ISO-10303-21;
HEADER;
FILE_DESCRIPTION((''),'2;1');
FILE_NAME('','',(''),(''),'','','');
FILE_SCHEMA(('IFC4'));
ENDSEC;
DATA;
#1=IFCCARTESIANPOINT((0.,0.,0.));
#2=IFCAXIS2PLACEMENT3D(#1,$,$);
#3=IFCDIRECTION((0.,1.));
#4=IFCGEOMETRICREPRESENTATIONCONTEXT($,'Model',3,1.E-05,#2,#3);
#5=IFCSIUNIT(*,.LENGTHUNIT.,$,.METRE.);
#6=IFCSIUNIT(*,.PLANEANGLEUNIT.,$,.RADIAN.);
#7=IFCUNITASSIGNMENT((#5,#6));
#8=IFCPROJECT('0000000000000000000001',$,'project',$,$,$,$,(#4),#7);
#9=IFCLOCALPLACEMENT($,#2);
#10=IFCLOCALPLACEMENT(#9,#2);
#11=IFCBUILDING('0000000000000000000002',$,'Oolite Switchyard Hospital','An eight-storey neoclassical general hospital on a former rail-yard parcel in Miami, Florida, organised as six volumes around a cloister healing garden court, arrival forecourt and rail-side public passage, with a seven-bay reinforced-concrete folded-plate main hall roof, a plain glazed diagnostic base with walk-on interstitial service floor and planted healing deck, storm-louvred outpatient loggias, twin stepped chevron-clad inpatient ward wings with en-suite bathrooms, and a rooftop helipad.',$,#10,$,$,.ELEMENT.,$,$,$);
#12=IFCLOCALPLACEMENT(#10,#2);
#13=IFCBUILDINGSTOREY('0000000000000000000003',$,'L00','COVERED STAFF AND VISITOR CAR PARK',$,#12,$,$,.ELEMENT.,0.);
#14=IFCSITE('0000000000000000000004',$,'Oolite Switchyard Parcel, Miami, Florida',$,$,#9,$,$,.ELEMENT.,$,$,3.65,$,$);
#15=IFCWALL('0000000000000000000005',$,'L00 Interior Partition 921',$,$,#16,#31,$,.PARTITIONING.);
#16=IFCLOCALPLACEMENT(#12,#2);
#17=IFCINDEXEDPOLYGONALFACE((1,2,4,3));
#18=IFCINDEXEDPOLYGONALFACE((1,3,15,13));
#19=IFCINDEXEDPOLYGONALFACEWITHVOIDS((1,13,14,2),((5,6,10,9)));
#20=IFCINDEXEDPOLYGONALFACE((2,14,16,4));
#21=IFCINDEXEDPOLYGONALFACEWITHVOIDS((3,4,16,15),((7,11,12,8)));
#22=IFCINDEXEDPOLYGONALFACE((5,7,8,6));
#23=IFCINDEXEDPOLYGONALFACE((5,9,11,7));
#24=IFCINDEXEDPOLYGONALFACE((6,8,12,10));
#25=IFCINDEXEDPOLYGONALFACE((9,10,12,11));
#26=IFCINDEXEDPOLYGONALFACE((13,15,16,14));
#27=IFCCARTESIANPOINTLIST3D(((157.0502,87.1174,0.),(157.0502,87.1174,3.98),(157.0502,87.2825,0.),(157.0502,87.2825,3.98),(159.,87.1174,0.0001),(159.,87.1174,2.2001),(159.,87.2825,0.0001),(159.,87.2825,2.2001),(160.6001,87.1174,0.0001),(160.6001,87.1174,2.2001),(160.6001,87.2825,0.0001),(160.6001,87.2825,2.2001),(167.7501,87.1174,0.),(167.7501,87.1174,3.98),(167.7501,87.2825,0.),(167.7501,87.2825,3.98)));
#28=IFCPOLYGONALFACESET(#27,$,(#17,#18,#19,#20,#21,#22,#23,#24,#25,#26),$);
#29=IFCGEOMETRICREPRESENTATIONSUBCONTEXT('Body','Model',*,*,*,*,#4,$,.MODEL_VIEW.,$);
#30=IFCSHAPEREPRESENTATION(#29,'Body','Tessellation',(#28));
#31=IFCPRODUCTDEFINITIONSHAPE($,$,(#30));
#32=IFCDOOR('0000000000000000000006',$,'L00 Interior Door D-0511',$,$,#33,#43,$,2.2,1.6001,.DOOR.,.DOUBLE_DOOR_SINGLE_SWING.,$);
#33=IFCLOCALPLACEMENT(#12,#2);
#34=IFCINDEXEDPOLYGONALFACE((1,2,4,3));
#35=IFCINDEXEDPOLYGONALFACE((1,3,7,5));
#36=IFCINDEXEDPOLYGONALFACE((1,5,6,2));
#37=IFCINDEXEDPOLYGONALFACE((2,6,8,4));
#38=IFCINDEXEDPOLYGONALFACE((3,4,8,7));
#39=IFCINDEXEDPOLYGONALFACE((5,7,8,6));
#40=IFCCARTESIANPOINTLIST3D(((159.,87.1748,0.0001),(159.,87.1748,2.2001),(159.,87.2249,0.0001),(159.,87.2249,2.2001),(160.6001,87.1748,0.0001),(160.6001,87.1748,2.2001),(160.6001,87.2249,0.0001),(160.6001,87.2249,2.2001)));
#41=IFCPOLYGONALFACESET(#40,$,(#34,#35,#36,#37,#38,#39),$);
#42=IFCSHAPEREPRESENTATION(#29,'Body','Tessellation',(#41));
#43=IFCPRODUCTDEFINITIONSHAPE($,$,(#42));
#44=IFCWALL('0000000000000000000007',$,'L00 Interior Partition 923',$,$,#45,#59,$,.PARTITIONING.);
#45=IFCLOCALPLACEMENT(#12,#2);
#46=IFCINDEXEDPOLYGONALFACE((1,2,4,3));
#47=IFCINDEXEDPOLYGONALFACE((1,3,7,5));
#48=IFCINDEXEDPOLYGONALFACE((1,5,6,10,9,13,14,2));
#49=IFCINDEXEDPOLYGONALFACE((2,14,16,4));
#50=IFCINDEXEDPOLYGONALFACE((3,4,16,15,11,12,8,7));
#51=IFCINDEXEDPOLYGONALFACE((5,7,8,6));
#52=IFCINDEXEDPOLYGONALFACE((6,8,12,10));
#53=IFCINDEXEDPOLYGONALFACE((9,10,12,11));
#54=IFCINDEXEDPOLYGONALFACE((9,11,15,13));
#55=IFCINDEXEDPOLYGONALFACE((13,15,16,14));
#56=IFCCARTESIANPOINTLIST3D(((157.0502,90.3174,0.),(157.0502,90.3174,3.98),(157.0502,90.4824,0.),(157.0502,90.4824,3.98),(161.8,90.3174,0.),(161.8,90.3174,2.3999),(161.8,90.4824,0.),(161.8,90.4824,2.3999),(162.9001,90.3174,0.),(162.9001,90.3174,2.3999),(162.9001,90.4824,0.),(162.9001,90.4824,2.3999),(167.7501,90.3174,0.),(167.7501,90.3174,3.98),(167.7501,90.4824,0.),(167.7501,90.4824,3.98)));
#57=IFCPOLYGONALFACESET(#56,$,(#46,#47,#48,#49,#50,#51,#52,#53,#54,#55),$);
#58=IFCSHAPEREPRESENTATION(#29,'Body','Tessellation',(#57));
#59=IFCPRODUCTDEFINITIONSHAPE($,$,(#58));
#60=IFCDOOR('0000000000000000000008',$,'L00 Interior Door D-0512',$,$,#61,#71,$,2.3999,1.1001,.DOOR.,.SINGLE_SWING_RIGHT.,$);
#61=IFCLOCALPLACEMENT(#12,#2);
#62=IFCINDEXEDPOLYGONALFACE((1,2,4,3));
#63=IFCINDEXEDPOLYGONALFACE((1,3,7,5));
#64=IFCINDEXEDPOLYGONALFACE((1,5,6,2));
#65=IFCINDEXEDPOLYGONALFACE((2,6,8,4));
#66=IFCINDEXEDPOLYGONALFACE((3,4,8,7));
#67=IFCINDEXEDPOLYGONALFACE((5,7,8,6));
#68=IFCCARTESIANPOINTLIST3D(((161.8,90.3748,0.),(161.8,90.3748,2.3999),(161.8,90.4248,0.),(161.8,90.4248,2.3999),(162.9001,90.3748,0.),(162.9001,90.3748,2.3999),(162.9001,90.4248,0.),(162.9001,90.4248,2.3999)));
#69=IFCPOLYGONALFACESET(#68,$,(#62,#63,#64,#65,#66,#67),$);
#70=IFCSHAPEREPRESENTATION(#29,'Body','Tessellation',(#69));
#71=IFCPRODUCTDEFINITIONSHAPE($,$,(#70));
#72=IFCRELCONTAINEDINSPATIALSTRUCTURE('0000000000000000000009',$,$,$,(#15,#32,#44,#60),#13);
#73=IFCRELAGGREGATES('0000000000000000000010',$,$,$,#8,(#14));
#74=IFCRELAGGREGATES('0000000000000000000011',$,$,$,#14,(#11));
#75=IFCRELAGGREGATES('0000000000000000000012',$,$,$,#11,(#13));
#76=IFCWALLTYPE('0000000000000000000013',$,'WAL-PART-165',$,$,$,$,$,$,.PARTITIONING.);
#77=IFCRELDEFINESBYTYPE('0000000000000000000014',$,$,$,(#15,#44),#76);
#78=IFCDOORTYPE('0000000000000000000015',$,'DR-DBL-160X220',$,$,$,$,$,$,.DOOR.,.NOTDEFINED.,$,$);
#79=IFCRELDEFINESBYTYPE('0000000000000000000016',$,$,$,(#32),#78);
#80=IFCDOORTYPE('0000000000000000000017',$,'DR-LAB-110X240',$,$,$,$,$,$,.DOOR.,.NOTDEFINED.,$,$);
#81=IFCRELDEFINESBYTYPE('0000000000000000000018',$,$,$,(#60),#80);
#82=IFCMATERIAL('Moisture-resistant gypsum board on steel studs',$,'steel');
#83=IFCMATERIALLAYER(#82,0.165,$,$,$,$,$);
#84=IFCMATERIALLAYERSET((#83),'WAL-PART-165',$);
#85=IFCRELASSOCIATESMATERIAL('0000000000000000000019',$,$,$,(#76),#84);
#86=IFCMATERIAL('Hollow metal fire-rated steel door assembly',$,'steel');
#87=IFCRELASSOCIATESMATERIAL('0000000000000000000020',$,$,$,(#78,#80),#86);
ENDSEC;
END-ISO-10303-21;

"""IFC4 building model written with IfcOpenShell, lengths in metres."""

from ifc_helpers import new_model, si_unit, direction, frame, frame_2d, origin, place, context, subcontext, project, spatial, rectangle, extrude, material, layer, layer_set, type_object, element, fill, save


model = new_model("IFC4")

# Units and contexts
model_context = context("Model", 3, precision=1e-05, world=origin(), true_north=direction((0.0, 1.0)))
body_context = subcontext(model_context, "Body", "Model", "MODEL_VIEW")
ifc_project = project(units=[si_unit("LENGTHUNIT", "METRE"), si_unit("PLANEANGLEUNIT", "RADIAN")], contexts=[model_context])

# Site, building, storey
site_placement = place(None, origin())
site = spatial("IfcSite", under=ifc_project, at=site_placement, Name="Oolite Switchyard Parcel, Miami, Florida", CompositionType="ELEMENT", RefElevation=3.65)
building_placement = place(site_placement, origin())
building = spatial("IfcBuilding", under=site, at=building_placement, Name="Oolite Switchyard Hospital", Description="An eight-storey neoclassical general hospital on a former rail-yard parcel in Miami, Florida, organised as six volumes around a cloister healing garden court, arrival forecourt and rail-side public passage, with a seven-bay reinforced-concrete folded-plate main hall roof, a plain glazed diagnostic base with walk-on interstitial service floor and planted healing deck, storm-louvred outpatient loggias, twin stepped chevron-clad inpatient ward wings with en-suite bathrooms, and a rooftop helipad.", CompositionType="ELEMENT")
storey_placement = place(building_placement, origin())
storey = spatial("IfcBuildingStorey", under=building, at=storey_placement, Name="L00", Description="COVERED STAFF AND VISITOR CAR PARK", CompositionType="ELEMENT", Elevation=0.0)

# Shared definitions
ifc_material_1 = material(Name="Moisture-resistant gypsum board on steel studs", Category="steel")

# Walls, openings, doors
ifc_layer_1 = layer(ifc_material_1, 0.165)
ifc_layer_set_1 = layer_set([ifc_layer_1], Name="WAL-PART-165")
wall_type_1 = type_object("IfcWallType", Name="WAL-PART-165", PredefinedType="PARTITIONING", material=ifc_layer_set_1)
wall_1_placement = place(storey_placement, frame((157.05, 87.2, 0.0), z_axis=(0.0, 0.0, 1.0), x_axis=(1.0, 0.0, 0.0)))
wall_1 = element("IfcWall", 1, at=wall_1_placement, inside=storey, type_object=wall_type_1, Name="L00 Interior Partition 921", PredefinedType="PARTITIONING", context=body_context, shape_type="SweptSolid", body=[
    extrude(rectangle(XDim=10.7, YDim=0.165, at=frame_2d((5.3501, 0.0))), origin(), (0.0, 0.0, 1.0), 3.98),
])
opening_1_placement = place(wall_1_placement, frame((1.95, 0.0, 0.0)))
opening_1 = element("IfcOpeningElement", 2, at=opening_1_placement, cuts=wall_1, PredefinedType="OPENING", context=body_context, shape_type="SweptSolid", body=[
    extrude(rectangle(XDim=1.6001, YDim=2.2, at=frame_2d((0.8, 1.1001))), frame((0.0, 0.0925, 0.0), z_axis=(0.0, -1.0, 0.0), x_axis=(1.0, 0.0, 0.0)), (0.0, 0.0, 1.0), 0.1851),
])
ifc_material_2 = material(Name="Hollow metal fire-rated steel door assembly", Category="steel")
door_type_1 = type_object("IfcDoorType", Name="DR-DBL-160X220", OperationType="NOTDEFINED", PredefinedType="DOOR", material=ifc_material_2)
door_1_placement = place(opening_1_placement, origin())
door_1 = element("IfcDoor", 3, at=door_1_placement, inside=storey, type_object=door_type_1, Name="L00 Interior Door D-0511", OperationType="DOUBLE_DOOR_SINGLE_SWING", OverallHeight=2.2, OverallWidth=1.6001, PredefinedType="DOOR", context=body_context, shape_type="SweptSolid", body=[
    extrude(rectangle(XDim=1.6001, YDim=2.2, at=frame_2d((0.8, 1.1001))), frame((0.0, 0.0249, 0.0), z_axis=(0.0, -1.0, 0.0), x_axis=(1.0, 0.0, 0.0)), (0.0, 0.0, 1.0), 0.05),
])
fill(opening_1, door_1)
wall_2_placement = place(storey_placement, frame((157.05, 90.3999, 0.0), z_axis=(0.0, 0.0, 1.0), x_axis=(1.0, 0.0, 0.0)))
wall_2 = element("IfcWall", 4, at=wall_2_placement, inside=storey, type_object=wall_type_1, Name="L00 Interior Partition 923", PredefinedType="PARTITIONING", context=body_context, shape_type="SweptSolid", body=[
    extrude(rectangle(XDim=10.7, YDim=0.165, at=frame_2d((5.3501, 0.0))), origin(), (0.0, 0.0, 1.0), 3.98),
])
opening_2_placement = place(wall_2_placement, frame((4.75, 0.0, 0.0)))
opening_2 = element("IfcOpeningElement", 5, at=opening_2_placement, cuts=wall_2, PredefinedType="OPENING", context=body_context, shape_type="SweptSolid", body=[
    extrude(rectangle(XDim=1.1001, YDim=2.3999, at=frame_2d((0.55, 1.2))), frame((0.0, 0.0925, 0.0), z_axis=(0.0, -1.0, 0.0), x_axis=(1.0, 0.0, 0.0)), (0.0, 0.0, 1.0), 0.1851),
])
door_type_2 = type_object("IfcDoorType", Name="DR-LAB-110X240", OperationType="NOTDEFINED", PredefinedType="DOOR", material=ifc_material_2)
door_2_placement = place(opening_2_placement, origin())
door_2 = element("IfcDoor", 6, at=door_2_placement, inside=storey, type_object=door_type_2, Name="L00 Interior Door D-0512", OperationType="SINGLE_SWING_RIGHT", OverallHeight=2.3999, OverallWidth=1.1001, PredefinedType="DOOR", context=body_context, shape_type="SweptSolid", body=[
    extrude(rectangle(XDim=1.1001, YDim=2.3999, at=frame_2d((0.55, 1.2))), frame((0.0, 0.0249, 0.0), z_axis=(0.0, -1.0, 0.0), x_axis=(1.0, 0.0, 0.0)), (0.0, 0.0, 1.0), 0.05),
])
fill(opening_2, door_2)

save(model, "model.ifc")
